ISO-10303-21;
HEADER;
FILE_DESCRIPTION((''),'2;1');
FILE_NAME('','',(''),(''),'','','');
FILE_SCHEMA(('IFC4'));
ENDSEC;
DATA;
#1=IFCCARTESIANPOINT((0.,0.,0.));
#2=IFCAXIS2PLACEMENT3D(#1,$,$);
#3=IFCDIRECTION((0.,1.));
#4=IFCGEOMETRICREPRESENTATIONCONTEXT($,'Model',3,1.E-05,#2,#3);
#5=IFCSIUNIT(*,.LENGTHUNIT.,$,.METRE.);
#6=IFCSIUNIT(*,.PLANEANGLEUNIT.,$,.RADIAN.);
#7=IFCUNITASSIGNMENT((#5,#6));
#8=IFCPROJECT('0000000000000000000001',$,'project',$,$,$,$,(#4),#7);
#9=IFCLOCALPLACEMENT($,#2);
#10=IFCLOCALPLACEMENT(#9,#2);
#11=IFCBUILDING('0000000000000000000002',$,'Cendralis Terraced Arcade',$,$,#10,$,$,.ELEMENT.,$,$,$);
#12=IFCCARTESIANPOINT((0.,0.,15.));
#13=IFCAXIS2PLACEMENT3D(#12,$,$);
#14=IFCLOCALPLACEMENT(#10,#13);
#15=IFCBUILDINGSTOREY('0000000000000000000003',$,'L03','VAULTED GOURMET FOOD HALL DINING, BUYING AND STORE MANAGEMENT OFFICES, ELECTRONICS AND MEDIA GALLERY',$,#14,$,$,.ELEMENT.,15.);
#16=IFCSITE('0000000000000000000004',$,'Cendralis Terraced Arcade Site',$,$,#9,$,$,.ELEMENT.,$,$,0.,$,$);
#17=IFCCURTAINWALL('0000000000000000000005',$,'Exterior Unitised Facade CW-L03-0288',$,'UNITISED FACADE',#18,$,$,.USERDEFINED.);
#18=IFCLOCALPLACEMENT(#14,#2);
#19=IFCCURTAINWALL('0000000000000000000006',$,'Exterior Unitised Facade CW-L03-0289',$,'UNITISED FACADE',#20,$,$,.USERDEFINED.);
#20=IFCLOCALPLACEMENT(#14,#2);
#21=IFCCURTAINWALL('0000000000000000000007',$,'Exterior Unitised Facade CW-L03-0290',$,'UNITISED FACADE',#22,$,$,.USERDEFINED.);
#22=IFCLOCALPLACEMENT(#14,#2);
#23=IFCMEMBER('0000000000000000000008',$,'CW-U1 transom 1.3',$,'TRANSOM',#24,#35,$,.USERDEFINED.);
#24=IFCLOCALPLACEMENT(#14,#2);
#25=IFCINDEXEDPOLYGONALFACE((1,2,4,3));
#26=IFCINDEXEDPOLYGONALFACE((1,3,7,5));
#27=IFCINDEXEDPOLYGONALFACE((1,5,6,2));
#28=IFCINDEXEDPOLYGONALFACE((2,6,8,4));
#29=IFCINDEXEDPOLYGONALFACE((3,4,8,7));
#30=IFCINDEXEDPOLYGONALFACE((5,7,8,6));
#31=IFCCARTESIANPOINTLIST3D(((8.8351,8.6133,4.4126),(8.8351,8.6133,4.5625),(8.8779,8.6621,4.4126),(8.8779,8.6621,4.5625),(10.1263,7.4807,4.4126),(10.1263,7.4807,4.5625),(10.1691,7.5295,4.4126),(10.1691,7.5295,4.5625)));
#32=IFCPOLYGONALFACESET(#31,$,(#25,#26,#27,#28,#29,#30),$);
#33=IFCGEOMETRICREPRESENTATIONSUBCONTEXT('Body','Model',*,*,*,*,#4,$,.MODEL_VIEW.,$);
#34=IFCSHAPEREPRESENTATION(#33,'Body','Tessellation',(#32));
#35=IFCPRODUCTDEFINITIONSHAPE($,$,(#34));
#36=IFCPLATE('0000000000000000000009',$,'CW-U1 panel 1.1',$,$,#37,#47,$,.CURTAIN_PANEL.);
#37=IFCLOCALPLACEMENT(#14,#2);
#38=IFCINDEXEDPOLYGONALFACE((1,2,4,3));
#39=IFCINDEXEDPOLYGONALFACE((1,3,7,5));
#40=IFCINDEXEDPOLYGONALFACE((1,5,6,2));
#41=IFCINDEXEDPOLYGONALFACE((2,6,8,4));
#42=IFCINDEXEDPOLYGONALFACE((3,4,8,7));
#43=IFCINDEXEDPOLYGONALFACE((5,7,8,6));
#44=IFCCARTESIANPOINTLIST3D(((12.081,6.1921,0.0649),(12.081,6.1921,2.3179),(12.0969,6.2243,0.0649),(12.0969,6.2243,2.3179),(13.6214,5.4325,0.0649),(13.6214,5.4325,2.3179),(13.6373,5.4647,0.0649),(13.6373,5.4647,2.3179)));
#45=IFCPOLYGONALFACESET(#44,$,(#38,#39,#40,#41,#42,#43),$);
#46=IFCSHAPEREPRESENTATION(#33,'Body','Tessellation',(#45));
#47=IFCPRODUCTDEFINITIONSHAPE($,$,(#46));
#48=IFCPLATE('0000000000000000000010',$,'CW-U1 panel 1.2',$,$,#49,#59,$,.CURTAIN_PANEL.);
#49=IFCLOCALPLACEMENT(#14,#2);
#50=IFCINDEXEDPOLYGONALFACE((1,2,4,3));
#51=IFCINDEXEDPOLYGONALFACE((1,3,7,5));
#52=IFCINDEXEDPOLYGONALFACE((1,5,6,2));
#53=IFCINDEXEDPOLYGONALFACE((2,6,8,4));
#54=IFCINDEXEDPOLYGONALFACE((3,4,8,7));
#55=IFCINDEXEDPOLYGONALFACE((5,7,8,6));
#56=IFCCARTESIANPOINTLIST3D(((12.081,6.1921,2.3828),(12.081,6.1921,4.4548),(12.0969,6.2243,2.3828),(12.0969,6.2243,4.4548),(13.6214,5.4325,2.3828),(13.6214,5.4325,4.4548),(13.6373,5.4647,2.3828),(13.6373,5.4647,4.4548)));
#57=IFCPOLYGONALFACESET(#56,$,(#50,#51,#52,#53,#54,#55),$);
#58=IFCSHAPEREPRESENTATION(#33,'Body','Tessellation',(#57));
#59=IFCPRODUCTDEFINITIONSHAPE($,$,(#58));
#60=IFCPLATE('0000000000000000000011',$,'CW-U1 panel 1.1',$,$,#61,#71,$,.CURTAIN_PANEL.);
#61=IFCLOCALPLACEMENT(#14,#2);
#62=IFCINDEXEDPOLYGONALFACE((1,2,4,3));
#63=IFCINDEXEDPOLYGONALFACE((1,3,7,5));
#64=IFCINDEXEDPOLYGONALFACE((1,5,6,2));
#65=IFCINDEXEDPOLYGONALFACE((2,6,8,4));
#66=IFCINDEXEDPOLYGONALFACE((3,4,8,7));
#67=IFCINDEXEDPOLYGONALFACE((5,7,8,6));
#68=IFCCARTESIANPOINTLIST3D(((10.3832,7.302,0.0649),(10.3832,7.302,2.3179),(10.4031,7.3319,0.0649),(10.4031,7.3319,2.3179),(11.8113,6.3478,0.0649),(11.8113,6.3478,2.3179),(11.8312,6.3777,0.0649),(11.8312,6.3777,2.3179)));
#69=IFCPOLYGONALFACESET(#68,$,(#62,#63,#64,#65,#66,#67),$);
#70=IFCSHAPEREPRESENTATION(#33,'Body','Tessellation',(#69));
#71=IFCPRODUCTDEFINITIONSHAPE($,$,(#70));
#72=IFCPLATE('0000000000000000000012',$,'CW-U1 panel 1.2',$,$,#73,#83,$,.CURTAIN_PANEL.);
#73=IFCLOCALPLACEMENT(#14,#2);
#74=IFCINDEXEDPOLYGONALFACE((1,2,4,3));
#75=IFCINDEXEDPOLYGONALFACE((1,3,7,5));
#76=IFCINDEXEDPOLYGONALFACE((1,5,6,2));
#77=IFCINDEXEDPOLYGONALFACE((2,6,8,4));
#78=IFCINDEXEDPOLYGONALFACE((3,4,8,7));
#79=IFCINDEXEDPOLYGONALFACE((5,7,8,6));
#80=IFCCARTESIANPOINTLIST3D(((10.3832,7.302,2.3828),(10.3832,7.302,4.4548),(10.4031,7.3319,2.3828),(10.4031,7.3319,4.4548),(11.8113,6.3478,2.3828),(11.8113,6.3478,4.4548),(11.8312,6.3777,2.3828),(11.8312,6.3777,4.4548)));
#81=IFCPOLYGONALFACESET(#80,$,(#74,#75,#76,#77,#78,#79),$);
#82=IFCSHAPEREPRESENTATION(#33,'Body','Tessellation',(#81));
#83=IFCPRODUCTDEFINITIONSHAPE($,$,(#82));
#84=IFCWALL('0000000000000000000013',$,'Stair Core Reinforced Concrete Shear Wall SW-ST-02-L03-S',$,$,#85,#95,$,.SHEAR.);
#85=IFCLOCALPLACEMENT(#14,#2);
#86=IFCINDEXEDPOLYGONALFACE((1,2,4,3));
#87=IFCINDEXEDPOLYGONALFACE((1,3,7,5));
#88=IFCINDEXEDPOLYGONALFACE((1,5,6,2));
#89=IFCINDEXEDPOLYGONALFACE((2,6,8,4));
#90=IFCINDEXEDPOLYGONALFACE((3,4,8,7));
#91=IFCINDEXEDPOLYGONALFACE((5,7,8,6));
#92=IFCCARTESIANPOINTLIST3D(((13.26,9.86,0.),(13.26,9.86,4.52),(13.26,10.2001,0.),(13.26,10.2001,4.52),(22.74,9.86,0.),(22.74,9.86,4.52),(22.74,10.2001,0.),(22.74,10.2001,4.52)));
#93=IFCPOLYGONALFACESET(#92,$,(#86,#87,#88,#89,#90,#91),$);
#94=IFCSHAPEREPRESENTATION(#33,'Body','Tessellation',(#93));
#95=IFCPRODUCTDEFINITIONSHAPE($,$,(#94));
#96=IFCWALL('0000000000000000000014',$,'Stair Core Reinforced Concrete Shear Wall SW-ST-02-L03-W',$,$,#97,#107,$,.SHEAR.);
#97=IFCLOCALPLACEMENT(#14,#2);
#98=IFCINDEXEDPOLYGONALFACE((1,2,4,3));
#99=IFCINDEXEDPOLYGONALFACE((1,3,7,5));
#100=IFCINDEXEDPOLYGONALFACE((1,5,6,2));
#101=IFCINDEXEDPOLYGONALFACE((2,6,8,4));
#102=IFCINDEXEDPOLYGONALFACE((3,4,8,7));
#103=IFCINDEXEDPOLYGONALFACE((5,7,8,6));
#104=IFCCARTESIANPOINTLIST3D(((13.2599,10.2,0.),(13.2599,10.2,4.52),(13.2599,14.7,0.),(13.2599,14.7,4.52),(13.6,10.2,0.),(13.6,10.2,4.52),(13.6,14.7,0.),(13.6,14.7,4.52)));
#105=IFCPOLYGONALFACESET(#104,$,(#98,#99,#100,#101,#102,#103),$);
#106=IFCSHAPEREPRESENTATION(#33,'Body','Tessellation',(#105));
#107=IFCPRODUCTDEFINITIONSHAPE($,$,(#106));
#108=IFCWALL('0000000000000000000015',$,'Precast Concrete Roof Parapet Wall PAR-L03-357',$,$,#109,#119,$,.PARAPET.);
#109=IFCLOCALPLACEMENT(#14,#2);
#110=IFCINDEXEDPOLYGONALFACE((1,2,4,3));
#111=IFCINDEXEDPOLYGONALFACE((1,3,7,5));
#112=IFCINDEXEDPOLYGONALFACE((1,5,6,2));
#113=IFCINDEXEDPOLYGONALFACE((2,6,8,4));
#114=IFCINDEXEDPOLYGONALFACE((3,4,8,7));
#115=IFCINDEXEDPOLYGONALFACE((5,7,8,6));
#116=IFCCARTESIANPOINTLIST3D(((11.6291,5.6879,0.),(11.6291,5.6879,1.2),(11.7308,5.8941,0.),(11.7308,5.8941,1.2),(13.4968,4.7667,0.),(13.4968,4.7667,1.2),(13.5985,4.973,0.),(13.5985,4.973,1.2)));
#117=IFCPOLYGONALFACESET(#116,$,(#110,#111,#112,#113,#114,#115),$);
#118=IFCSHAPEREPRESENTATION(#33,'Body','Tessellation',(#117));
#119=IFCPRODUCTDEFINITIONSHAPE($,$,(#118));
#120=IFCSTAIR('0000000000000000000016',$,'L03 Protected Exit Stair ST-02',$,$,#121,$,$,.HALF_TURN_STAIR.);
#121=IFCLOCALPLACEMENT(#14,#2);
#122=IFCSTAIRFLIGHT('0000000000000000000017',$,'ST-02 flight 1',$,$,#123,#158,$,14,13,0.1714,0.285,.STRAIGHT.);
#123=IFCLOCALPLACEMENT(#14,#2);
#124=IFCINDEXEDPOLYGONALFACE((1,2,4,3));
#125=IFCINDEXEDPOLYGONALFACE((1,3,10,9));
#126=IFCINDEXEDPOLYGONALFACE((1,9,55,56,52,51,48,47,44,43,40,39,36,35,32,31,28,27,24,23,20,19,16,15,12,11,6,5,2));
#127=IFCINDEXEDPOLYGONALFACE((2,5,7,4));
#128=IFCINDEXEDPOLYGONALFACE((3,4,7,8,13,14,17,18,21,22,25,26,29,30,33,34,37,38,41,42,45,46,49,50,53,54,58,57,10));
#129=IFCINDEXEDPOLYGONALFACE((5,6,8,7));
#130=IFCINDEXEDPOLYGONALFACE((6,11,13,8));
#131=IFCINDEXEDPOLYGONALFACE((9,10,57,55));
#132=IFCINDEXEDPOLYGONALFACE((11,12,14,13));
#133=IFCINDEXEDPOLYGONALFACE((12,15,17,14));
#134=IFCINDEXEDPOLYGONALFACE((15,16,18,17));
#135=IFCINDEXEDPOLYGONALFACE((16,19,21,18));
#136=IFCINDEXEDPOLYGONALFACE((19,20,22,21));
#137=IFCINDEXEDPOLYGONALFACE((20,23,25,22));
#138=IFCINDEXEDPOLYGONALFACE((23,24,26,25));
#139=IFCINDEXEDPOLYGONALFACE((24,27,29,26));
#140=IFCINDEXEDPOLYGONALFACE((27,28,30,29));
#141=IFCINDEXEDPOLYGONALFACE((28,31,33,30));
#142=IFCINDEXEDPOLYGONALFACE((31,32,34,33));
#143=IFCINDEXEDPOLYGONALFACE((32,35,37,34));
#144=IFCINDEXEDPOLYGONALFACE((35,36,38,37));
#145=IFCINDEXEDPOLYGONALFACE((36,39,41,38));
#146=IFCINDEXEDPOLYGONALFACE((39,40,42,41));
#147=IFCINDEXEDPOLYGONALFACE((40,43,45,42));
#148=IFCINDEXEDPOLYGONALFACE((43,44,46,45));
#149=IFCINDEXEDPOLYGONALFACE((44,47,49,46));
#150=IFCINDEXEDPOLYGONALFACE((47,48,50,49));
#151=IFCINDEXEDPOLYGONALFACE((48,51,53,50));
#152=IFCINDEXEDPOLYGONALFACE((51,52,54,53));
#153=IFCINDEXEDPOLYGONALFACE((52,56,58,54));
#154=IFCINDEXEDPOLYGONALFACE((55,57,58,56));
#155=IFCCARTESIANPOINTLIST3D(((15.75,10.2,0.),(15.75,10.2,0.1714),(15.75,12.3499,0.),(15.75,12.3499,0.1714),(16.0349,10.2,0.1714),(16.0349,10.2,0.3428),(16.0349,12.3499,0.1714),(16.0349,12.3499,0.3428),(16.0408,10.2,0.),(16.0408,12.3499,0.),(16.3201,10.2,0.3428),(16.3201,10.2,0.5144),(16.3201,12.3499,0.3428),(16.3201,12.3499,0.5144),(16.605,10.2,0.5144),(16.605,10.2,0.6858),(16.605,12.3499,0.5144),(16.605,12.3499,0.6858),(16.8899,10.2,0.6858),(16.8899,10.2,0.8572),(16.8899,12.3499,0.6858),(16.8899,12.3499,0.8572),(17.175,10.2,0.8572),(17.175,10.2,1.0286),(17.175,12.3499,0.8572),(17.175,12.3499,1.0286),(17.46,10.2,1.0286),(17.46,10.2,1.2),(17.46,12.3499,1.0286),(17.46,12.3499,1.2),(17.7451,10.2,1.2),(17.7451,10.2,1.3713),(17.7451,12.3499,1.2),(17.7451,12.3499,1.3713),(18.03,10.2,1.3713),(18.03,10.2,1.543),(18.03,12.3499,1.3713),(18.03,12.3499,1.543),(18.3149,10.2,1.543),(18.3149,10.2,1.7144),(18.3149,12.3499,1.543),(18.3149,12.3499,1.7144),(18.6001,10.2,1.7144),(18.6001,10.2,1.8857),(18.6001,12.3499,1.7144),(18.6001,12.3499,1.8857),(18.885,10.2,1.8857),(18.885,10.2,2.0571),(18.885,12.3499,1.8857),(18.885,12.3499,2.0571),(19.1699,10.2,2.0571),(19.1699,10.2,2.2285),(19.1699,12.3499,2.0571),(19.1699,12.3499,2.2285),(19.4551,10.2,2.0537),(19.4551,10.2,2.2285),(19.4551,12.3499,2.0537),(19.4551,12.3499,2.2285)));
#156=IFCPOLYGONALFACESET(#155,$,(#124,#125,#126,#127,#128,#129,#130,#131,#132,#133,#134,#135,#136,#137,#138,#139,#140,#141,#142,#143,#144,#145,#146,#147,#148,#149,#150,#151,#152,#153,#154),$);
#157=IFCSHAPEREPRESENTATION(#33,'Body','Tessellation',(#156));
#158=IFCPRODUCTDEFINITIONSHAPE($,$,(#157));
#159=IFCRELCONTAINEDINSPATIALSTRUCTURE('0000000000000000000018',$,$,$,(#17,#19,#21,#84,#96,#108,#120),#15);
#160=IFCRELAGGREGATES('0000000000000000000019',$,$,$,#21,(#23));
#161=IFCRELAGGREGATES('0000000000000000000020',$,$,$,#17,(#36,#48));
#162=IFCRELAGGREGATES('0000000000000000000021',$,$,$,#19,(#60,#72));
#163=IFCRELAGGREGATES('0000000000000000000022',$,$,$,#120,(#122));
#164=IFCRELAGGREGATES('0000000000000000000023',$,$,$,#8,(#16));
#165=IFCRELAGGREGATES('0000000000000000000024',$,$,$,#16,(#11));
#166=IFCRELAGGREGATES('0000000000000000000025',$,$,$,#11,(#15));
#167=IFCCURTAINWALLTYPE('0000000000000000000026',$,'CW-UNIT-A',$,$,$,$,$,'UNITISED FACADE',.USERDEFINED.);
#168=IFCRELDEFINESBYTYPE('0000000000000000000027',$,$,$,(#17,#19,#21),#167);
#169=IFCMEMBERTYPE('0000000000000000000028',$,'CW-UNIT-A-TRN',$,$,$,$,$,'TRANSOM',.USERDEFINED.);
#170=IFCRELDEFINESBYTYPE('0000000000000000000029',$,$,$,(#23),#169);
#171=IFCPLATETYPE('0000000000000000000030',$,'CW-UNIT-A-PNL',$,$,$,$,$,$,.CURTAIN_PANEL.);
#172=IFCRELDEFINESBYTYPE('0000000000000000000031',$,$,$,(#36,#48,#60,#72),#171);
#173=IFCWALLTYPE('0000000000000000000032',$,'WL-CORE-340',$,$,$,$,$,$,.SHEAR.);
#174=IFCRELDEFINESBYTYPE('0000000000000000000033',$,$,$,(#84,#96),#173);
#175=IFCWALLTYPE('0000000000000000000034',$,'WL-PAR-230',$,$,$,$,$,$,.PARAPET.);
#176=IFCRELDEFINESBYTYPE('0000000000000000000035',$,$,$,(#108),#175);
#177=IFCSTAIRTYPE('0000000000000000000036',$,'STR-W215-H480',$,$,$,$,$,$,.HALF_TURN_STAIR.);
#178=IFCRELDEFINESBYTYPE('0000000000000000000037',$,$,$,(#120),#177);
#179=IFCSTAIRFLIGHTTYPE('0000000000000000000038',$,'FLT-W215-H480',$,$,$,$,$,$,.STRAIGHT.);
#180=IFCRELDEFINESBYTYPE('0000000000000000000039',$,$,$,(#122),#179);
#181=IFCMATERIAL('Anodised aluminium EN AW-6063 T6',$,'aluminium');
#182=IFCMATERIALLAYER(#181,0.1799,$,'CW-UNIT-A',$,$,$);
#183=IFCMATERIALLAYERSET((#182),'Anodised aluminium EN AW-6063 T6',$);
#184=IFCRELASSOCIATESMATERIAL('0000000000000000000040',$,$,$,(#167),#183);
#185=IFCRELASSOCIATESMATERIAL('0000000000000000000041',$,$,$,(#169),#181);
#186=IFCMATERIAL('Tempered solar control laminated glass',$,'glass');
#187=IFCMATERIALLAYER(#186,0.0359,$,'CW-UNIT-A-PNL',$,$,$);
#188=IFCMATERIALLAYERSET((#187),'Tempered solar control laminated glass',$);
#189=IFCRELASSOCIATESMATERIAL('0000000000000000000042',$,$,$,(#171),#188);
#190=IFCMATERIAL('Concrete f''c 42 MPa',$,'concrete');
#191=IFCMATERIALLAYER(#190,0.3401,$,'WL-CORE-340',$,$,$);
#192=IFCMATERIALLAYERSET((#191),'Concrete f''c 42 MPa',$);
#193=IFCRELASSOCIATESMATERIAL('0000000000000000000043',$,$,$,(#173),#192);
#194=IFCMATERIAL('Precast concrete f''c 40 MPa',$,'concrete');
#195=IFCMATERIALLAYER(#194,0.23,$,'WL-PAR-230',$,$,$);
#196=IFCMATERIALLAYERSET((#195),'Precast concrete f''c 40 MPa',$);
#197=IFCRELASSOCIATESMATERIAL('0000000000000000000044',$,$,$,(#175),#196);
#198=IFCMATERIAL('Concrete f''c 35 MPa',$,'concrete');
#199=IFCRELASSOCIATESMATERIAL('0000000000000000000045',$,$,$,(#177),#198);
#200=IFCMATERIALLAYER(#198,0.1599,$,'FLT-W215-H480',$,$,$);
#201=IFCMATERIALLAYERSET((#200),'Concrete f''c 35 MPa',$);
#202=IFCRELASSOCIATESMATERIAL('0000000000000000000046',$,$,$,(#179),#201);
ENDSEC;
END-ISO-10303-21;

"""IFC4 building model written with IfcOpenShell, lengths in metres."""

from ifc_helpers import new_model, si_unit, direction, frame, frame_2d, origin, origin_2d, place, context, subcontext, project, spatial, polyline, rectangle, outline, extrude, material, layer, layer_set, material_profile, profile_set, type_object, element, aggregate, save


model = new_model("IFC4")

# Units and contexts
model_context = context("Model", 3, precision=1e-05, world=origin(), true_north=direction((0.0, 1.0)))
body_context = subcontext(model_context, "Body", "Model", "MODEL_VIEW")
ifc_project = project(units=[si_unit("LENGTHUNIT", "METRE"), si_unit("PLANEANGLEUNIT", "RADIAN")], contexts=[model_context])

# Site, building, storey
site_placement = place(None, origin())
site = spatial("IfcSite", under=ifc_project, at=site_placement, Name="Cendralis Terraced Arcade Site", CompositionType="ELEMENT", RefElevation=0.0)
building_placement = place(site_placement, origin())
building = spatial("IfcBuilding", under=site, at=building_placement, Name="Cendralis Terraced Arcade", CompositionType="ELEMENT")
storey_placement = place(building_placement, frame((0.0, 0.0, 15.0)))
storey = spatial("IfcBuildingStorey", under=building, at=storey_placement, Name="L03", Description="VAULTED GOURMET FOOD HALL DINING, BUYING AND STORE MANAGEMENT OFFICES, ELECTRONICS AND MEDIA GALLERY", CompositionType="ELEMENT", Elevation=15.0)

# Shared definitions
ifc_material_1 = material(Name="Anodised aluminium EN AW-6063 T6", Category="aluminium")
ifc_layer_1 = layer(ifc_material_1, 0.1799, Name="CW-UNIT-A")
ifc_layer_set_1 = layer_set([ifc_layer_1], Name="Anodised aluminium EN AW-6063 T6")
curtain_wall_type = type_object("IfcCurtainWallType", Name="CW-UNIT-A", ElementType="UNITISED FACADE", PredefinedType="USERDEFINED", material=ifc_layer_set_1)

# Curtain walls
curtain_wall_1_placement = place(storey_placement, origin())
curtain_wall_1 = element("IfcCurtainWall", 1, at=curtain_wall_1_placement, inside=storey, type_object=curtain_wall_type, Name="Exterior Unitised Facade CW-L03-0288", ObjectType="UNITISED FACADE", PredefinedType="USERDEFINED")
curtain_wall_2_placement = place(storey_placement, origin())
curtain_wall_2 = element("IfcCurtainWall", 2, at=curtain_wall_2_placement, inside=storey, type_object=curtain_wall_type, Name="Exterior Unitised Facade CW-L03-0289", ObjectType="UNITISED FACADE", PredefinedType="USERDEFINED")

# Curtain wall
curtain_wall_3_placement = place(storey_placement, origin())
curtain_wall_3 = element("IfcCurtainWall", 3, at=curtain_wall_3_placement, inside=storey, type_object=curtain_wall_type, Name="Exterior Unitised Facade CW-L03-0290", ObjectType="UNITISED FACADE", PredefinedType="USERDEFINED")

# Member
ifc_material_profile_1 = material_profile(ifc_material_1, rectangle(XDim=0.0649, YDim=0.1499, at=origin_2d()), Name="ALU-TRN-65x150")
ifc_profile_set_1 = profile_set([ifc_material_profile_1], Name="Anodised aluminium EN AW-6063 T6")
member_type_1 = type_object("IfcMemberType", Name="CW-UNIT-A-TRN", ElementType="TRANSOM", PredefinedType="USERDEFINED", material=ifc_profile_set_1)
member_1_placement = place(storey_placement, frame((10.1477, 7.5051, 4.4875), z_axis=(-0.751792, 0.6594, 0.0), x_axis=(-0.6594, -0.751792, 0.0)))
member_1 = element("IfcMember", 4, at=member_1_placement, type_object=member_type_1, Name="CW-U1 transom 1.3", ObjectType="TRANSOM", PredefinedType="USERDEFINED", context=body_context, shape_type="SweptSolid", body=[
    extrude(rectangle(XDim=0.0649, YDim=0.1499, at=origin_2d()), origin(), (0.0, 0.0, 1.0), 1.7175),
])
aggregate(curtain_wall_3, [member_1])

# Plates
ifc_material_2 = material(Name="Tempered solar control laminated glass", Category="glass")
ifc_layer_2 = layer(ifc_material_2, 0.0359, Name="CW-UNIT-A-PNL")
ifc_layer_set_2 = layer_set([ifc_layer_2], Name="Tempered solar control laminated glass")
plate_type = type_object("IfcPlateType", Name="CW-UNIT-A-PNL", PredefinedType="CURTAIN_PANEL", material=ifc_layer_set_2)
plate_1_placement = place(storey_placement, frame((12.8591, 5.8284, 0.0649), z_axis=(0.0, 0.0, 1.0), x_axis=(-0.896882, 0.44227, 0.0)))
plate_1 = element("IfcPlate", 5, at=plate_1_placement, type_object=plate_type, Name="CW-U1 panel 1.1", PredefinedType="CURTAIN_PANEL", context=body_context, shape_type="SweptSolid", body=[
    extrude(rectangle(XDim=1.7175, YDim=0.0359, at=origin_2d()), origin(), (0.0, 0.0, 1.0), 2.2529),
])
plate_2_placement = place(storey_placement, frame((12.8591, 5.8284, 2.3828), z_axis=(0.0, 0.0, 1.0), x_axis=(-0.896882, 0.44227, 0.0)))
plate_2 = element("IfcPlate", 6, at=plate_2_placement, type_object=plate_type, Name="CW-U1 panel 1.2", PredefinedType="CURTAIN_PANEL", context=body_context, shape_type="SweptSolid", body=[
    extrude(rectangle(XDim=1.7175, YDim=0.0359, at=origin_2d()), origin(), (0.0, 0.0, 1.0), 2.072),
])
aggregate(curtain_wall_1, [plate_1, plate_2])
plate_3_placement = place(storey_placement, frame((11.1072, 6.8398, 0.0649), z_axis=(0.0, 0.0, 1.0), x_axis=(-0.831484, 0.555549, 0.0)))
plate_3 = element("IfcPlate", 7, at=plate_3_placement, type_object=plate_type, Name="CW-U1 panel 1.1", PredefinedType="CURTAIN_PANEL", context=body_context, shape_type="SweptSolid", body=[
    extrude(rectangle(XDim=1.7175, YDim=0.0359, at=origin_2d()), origin(), (0.0, 0.0, 1.0), 2.2529),
])
plate_4_placement = place(storey_placement, frame((11.1072, 6.8398, 2.3828), z_axis=(0.0, 0.0, 1.0), x_axis=(-0.831484, 0.555549, 0.0)))
plate_4 = element("IfcPlate", 8, at=plate_4_placement, type_object=plate_type, Name="CW-U1 panel 1.2", PredefinedType="CURTAIN_PANEL", context=body_context, shape_type="SweptSolid", body=[
    extrude(rectangle(XDim=1.7175, YDim=0.0359, at=origin_2d()), origin(), (0.0, 0.0, 1.0), 2.072),
])
aggregate(curtain_wall_2, [plate_3, plate_4])

# Walls
ifc_material_3 = material(Name="Concrete f'c 42 MPa", Category="concrete")
ifc_layer_3 = layer(ifc_material_3, 0.3401, Name="WL-CORE-340")
ifc_layer_set_3 = layer_set([ifc_layer_3], Name="Concrete f'c 42 MPa")
wall_type_1 = type_object("IfcWallType", Name="WL-CORE-340", PredefinedType="SHEAR", material=ifc_layer_set_3)
wall_1_placement = place(storey_placement, frame((13.26, 10.03, 0.0), z_axis=(0.0, 0.0, 1.0), x_axis=(1.0, 0.0, 0.0)))
element("IfcWall", 9, at=wall_1_placement, inside=storey, type_object=wall_type_1, Name="Stair Core Reinforced Concrete Shear Wall SW-ST-02-L03-S", PredefinedType="SHEAR", context=body_context, shape_type="SweptSolid", body=[
    extrude(rectangle(XDim=9.48, YDim=0.3401, at=frame_2d((4.74, 0.0))), origin(), (0.0, 0.0, 1.0), 4.52),
])
wall_2_placement = place(storey_placement, frame((13.4299, 10.2, 0.0), z_axis=(0.0, 0.0, 1.0), x_axis=(0.0, 1.0, 0.0)))
element("IfcWall", 10, at=wall_2_placement, inside=storey, type_object=wall_type_1, Name="Stair Core Reinforced Concrete Shear Wall SW-ST-02-L03-W", PredefinedType="SHEAR", context=body_context, shape_type="SweptSolid", body=[
    extrude(rectangle(XDim=4.5, YDim=0.3401, at=frame_2d((2.25, 0.0))), origin(), (0.0, 0.0, 1.0), 4.52),
])
ifc_material_4 = material(Name="Precast concrete f'c 40 MPa", Category="concrete")
ifc_layer_4 = layer(ifc_material_4, 0.23, Name="WL-PAR-230")
ifc_layer_set_4 = layer_set([ifc_layer_4], Name="Precast concrete f'c 40 MPa")
wall_type_2 = type_object("IfcWallType", Name="WL-PAR-230", PredefinedType="PARAPET", material=ifc_layer_set_4)
wall_3_placement = place(storey_placement, frame((11.6799, 5.791, 0.0), z_axis=(0.0, 0.0, 1.0), x_axis=(0.896852, -0.44233, 0.0)))
element("IfcWall", 11, at=wall_3_placement, inside=storey, type_object=wall_type_2, Name="Precast Concrete Roof Parapet Wall PAR-L03-357", PredefinedType="PARAPET", context=body_context, shape_type="SweptSolid", body=[
    extrude(rectangle(XDim=2.0825, YDim=0.23, at=frame_2d((1.0413, 0.0))), origin(), (0.0, 0.0, 1.0), 1.2),
])

# Stair, stair flight
ifc_material_5 = material(Name="Concrete f'c 35 MPa", Category="concrete")
stair_type = type_object("IfcStairType", Name="STR-W215-H480", PredefinedType="HALF_TURN_STAIR", material=ifc_material_5)
stair_placement = place(storey_placement, origin())
stair = element("IfcStair", 12, at=stair_placement, inside=storey, type_object=stair_type, Name="L03 Protected Exit Stair ST-02", PredefinedType="HALF_TURN_STAIR")
ifc_layer_5 = layer(ifc_material_5, 0.1599, Name="FLT-W215-H480")
ifc_layer_set_5 = layer_set([ifc_layer_5], Name="Concrete f'c 35 MPa")
stair_flight_type = type_object("IfcStairFlightType", Name="FLT-W215-H480", PredefinedType="STRAIGHT", material=ifc_layer_set_5)
stair_flight_placement = place(storey_placement, frame((15.75, 11.2749, 0.0), z_axis=(0.0, 0.0, 1.0), x_axis=(1.0, 0.0, 0.0)))
stair_flight = element("IfcStairFlight", 13, at=stair_flight_placement, type_object=stair_flight_type, Name="ST-02 flight 1", NumberOfRisers=14, NumberOfTreads=13, PredefinedType="STRAIGHT", RiserHeight=0.1714, TreadLength=0.285, context=body_context, shape_type="SweptSolid", body=[
    extrude(outline(polyline([(0.0, 0.0), (0.0, 0.1714), (0.2849, 0.1714), (0.2849, 0.3428), (0.5701, 0.3428), (0.5701, 0.5144), (0.855, 0.5144), (0.855, 0.6858), (1.1399, 0.6858), (1.1399, 0.8572), (1.425, 0.8572), (1.425, 1.0286), (1.71, 1.0286), (1.71, 1.2), (1.9951, 1.2), (1.9951, 1.3713), (2.28, 1.3713), (2.28, 1.543), (2.5649, 1.543), (2.5649, 1.7144), (2.8501, 1.7144), (2.8501, 1.8857), (3.135, 1.8857), (3.135, 2.0571), (3.4199, 2.0571), (3.4199, 2.2285), (3.7051, 2.2285), (3.7051, 2.3999), (3.7051, 2.0537), (0.2908, 0.0), (0.0, 0.0)])), frame((0.0, 1.075, 0.0), z_axis=(0.0, -1.0, 0.0), x_axis=(1.0, 0.0, 0.0)), (0.0, 0.0, 1.0), 2.1499),
])
aggregate(stair, [stair_flight])

save(model, "model.ifc")
